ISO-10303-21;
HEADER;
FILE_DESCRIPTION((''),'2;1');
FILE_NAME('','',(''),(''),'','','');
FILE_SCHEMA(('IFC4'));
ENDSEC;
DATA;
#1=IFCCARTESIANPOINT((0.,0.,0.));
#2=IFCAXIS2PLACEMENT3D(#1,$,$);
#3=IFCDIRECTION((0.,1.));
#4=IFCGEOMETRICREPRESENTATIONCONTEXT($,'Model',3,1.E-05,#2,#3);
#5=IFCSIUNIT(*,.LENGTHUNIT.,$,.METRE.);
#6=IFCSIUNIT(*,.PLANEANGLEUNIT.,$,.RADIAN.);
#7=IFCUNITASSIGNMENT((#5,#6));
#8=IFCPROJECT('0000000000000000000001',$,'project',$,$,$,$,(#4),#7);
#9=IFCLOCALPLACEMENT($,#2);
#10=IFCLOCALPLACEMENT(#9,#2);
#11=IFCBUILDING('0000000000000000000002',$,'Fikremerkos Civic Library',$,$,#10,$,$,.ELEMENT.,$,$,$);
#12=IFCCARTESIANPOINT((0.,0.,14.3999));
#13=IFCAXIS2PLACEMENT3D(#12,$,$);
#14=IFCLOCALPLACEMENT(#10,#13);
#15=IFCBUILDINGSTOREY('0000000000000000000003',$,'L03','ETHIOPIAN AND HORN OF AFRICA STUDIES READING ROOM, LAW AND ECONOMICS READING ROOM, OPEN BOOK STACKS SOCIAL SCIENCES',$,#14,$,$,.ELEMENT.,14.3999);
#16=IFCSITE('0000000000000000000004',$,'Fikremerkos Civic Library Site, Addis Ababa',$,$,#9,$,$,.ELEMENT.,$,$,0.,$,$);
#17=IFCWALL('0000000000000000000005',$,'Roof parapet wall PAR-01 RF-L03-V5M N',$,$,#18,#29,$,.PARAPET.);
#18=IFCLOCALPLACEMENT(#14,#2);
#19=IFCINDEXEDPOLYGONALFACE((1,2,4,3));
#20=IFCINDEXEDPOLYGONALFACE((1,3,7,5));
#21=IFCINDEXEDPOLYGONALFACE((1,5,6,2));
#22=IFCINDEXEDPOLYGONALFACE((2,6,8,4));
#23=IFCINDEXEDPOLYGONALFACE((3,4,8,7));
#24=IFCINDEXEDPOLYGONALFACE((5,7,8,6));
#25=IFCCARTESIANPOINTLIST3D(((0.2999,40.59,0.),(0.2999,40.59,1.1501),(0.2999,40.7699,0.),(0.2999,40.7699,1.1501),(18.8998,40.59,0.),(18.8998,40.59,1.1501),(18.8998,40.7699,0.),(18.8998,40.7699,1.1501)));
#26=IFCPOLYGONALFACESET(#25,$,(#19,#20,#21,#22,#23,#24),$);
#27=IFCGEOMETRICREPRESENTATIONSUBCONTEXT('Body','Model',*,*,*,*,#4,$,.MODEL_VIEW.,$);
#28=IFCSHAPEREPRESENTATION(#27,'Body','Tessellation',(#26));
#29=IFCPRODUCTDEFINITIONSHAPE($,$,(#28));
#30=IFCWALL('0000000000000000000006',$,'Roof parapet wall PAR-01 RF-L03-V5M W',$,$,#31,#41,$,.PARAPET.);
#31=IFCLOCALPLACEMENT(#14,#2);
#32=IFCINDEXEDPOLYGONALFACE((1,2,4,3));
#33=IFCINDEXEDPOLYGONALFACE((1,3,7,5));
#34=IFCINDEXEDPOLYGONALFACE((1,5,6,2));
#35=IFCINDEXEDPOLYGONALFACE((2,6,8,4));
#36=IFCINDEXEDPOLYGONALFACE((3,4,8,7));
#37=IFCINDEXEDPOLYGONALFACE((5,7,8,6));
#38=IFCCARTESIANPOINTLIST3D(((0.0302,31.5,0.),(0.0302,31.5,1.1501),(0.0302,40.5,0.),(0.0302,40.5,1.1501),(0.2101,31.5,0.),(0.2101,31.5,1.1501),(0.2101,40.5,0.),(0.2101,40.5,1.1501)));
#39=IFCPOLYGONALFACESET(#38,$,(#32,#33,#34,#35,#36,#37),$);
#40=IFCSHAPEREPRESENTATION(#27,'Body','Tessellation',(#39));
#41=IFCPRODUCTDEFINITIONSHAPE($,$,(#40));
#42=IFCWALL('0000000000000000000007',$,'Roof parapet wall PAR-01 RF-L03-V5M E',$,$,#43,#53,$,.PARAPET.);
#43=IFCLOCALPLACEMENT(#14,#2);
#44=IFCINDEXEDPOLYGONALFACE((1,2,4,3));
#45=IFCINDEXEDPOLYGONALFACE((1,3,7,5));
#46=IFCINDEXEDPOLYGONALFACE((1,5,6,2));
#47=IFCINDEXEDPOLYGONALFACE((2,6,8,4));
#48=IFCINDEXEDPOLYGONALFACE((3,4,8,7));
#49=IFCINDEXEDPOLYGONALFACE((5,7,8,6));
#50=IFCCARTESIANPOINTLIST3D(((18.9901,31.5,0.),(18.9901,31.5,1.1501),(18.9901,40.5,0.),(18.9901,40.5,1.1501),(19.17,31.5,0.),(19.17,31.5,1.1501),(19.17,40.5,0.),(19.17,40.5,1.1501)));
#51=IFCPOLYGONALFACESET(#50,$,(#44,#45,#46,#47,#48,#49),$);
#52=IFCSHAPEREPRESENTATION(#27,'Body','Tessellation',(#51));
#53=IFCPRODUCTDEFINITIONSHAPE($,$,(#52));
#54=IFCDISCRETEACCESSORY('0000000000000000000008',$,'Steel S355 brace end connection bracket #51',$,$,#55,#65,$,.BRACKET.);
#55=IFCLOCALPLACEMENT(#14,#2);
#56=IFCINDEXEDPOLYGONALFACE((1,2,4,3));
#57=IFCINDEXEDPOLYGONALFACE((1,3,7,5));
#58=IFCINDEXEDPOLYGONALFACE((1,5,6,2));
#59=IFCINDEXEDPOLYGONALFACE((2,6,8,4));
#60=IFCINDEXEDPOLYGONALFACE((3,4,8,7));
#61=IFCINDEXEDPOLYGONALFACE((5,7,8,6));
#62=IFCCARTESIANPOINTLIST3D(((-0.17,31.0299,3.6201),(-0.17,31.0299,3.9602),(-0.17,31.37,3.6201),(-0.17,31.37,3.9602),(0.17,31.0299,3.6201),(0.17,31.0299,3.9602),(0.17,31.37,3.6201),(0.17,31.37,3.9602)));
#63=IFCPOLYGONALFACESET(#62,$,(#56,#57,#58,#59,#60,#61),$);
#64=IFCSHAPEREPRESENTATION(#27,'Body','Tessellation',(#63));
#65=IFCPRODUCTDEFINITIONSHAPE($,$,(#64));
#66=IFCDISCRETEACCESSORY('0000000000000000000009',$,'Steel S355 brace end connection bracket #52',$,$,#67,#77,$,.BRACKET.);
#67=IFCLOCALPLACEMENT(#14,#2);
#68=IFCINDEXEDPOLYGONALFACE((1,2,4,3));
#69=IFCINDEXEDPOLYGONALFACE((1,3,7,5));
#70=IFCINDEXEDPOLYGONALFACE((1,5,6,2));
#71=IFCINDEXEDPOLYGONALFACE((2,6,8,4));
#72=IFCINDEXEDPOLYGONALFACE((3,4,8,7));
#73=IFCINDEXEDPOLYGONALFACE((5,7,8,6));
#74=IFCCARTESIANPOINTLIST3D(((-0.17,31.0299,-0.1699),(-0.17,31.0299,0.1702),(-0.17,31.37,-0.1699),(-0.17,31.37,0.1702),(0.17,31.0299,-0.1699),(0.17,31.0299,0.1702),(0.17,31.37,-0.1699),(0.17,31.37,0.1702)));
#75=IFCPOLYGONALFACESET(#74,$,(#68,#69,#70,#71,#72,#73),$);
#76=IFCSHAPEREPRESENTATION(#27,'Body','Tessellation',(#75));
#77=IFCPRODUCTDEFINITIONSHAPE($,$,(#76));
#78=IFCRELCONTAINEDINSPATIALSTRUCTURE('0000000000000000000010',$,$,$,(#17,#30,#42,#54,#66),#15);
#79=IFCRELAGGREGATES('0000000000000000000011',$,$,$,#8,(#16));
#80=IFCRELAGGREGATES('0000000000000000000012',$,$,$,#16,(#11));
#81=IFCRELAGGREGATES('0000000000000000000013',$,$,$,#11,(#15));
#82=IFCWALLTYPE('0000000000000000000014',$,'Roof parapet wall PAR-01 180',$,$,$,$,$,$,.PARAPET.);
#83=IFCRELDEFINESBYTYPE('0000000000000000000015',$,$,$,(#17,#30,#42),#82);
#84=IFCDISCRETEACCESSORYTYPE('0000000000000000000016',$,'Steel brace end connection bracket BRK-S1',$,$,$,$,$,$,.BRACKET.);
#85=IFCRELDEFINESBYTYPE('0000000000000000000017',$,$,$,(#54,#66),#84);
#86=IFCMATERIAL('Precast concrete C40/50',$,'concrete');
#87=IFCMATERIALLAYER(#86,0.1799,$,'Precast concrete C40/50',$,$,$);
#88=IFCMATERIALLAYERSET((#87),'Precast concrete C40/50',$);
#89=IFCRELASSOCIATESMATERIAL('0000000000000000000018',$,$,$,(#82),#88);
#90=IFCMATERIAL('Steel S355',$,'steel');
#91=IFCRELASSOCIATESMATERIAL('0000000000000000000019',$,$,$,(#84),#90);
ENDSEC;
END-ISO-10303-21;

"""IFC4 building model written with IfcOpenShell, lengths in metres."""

from ifc_helpers import new_model, si_unit, direction, frame, frame_2d, origin, origin_2d, place, context, subcontext, project, spatial, rectangle, extrude, material, layer, layer_set, type_object, element, save


model = new_model("IFC4")

# Units and contexts
model_context = context("Model", 3, precision=1e-05, world=origin(), true_north=direction((0.0, 1.0)))
body_context = subcontext(model_context, "Body", "Model", "MODEL_VIEW")
ifc_project = project(units=[si_unit("LENGTHUNIT", "METRE"), si_unit("PLANEANGLEUNIT", "RADIAN")], contexts=[model_context])

# Site, building, storey
site_placement = place(None, origin())
site = spatial("IfcSite", under=ifc_project, at=site_placement, Name="Fikremerkos Civic Library Site, Addis Ababa", CompositionType="ELEMENT", RefElevation=0.0)
building_placement = place(site_placement, origin())
building = spatial("IfcBuilding", under=site, at=building_placement, Name="Fikremerkos Civic Library", CompositionType="ELEMENT")
storey_placement = place(building_placement, frame((0.0, 0.0, 14.3999)))
storey = spatial("IfcBuildingStorey", under=building, at=storey_placement, Name="L03", Description="ETHIOPIAN AND HORN OF AFRICA STUDIES READING ROOM, LAW AND ECONOMICS READING ROOM, OPEN BOOK STACKS SOCIAL SCIENCES", CompositionType="ELEMENT", Elevation=14.3999)

# Shared definitions
ifc_material_1 = material(Name="Steel S355", Category="steel")

# Shared definitions
ifc_material_2 = material(Name="Precast concrete C40/50", Category="concrete")

# Walls
ifc_layer_1 = layer(ifc_material_2, 0.1799, Name="Precast concrete C40/50")
ifc_layer_set_1 = layer_set([ifc_layer_1], Name="Precast concrete C40/50")
wall_type_1 = type_object("IfcWallType", Name="Roof parapet wall PAR-01 180", PredefinedType="PARAPET", material=ifc_layer_set_1)
wall_1_placement = place(storey_placement, frame((0.3, 40.6799, 0.0), z_axis=(0.0, 0.0, 1.0), x_axis=(1.0, 0.0, 0.0)))
element("IfcWall", 1, at=wall_1_placement, inside=storey, type_object=wall_type_1, Name="Roof parapet wall PAR-01 RF-L03-V5M N", PredefinedType="PARAPET", context=body_context, shape_type="SweptSolid", body=[
    extrude(rectangle(XDim=18.5999, YDim=0.1799, at=frame_2d((9.2998, 0.0))), origin(), (0.0, 0.0, 1.0), 1.1501),
])
for number, where, z_axis, x_axis, name in (
    (2, (0.1201, 31.5, 0.0), (0.0, 0.0, 1.0), (0.0, 1.0, 0.0), "Roof parapet wall PAR-01 RF-L03-V5M W"),
    (3, (19.0801, 31.5, 0.0), (0.0, 0.0, 1.0), (0.0, 1.0, 0.0), "Roof parapet wall PAR-01 RF-L03-V5M E"),
):
    element("IfcWall", number, at=place(storey_placement, frame(where, z_axis=z_axis, x_axis=x_axis)), inside=storey, type_object=wall_type_1, Name=name, PredefinedType="PARAPET", context=body_context, shape_type="SweptSolid", body=[
        extrude(rectangle(XDim=9.0, YDim=0.1799, at=frame_2d((4.5, 0.0))), origin(), (0.0, 0.0, 1.0), 1.1501),
    ])

# Discrete accessories
discrete_accessory_type = type_object("IfcDiscreteAccessoryType", Name="Steel brace end connection bracket BRK-S1", PredefinedType="BRACKET", material=ifc_material_1)
for number, where, z_axis, x_axis, name in (
    (4, (0.0, 31.2, 3.6201), (0.0, 0.0, 1.0), (1.0, 0.0, 0.0), "Steel S355 brace end connection bracket #51"),
    (5, (0.0, 31.2, -0.1699), (0.0, 0.0, 1.0), (1.0, 0.0, 0.0), "Steel S355 brace end connection bracket #52"),
):
    element("IfcDiscreteAccessory", number, at=place(storey_placement, frame(where, z_axis=z_axis, x_axis=x_axis)), inside=storey, type_object=discrete_accessory_type, Name=name, PredefinedType="BRACKET", context=body_context, shape_type="SweptSolid", body=[
        extrude(rectangle(XDim=0.3401, YDim=0.3401, at=origin_2d()), origin(), (0.0, 0.0, 1.0), 0.3401),
    ])

save(model, "model.ifc")
